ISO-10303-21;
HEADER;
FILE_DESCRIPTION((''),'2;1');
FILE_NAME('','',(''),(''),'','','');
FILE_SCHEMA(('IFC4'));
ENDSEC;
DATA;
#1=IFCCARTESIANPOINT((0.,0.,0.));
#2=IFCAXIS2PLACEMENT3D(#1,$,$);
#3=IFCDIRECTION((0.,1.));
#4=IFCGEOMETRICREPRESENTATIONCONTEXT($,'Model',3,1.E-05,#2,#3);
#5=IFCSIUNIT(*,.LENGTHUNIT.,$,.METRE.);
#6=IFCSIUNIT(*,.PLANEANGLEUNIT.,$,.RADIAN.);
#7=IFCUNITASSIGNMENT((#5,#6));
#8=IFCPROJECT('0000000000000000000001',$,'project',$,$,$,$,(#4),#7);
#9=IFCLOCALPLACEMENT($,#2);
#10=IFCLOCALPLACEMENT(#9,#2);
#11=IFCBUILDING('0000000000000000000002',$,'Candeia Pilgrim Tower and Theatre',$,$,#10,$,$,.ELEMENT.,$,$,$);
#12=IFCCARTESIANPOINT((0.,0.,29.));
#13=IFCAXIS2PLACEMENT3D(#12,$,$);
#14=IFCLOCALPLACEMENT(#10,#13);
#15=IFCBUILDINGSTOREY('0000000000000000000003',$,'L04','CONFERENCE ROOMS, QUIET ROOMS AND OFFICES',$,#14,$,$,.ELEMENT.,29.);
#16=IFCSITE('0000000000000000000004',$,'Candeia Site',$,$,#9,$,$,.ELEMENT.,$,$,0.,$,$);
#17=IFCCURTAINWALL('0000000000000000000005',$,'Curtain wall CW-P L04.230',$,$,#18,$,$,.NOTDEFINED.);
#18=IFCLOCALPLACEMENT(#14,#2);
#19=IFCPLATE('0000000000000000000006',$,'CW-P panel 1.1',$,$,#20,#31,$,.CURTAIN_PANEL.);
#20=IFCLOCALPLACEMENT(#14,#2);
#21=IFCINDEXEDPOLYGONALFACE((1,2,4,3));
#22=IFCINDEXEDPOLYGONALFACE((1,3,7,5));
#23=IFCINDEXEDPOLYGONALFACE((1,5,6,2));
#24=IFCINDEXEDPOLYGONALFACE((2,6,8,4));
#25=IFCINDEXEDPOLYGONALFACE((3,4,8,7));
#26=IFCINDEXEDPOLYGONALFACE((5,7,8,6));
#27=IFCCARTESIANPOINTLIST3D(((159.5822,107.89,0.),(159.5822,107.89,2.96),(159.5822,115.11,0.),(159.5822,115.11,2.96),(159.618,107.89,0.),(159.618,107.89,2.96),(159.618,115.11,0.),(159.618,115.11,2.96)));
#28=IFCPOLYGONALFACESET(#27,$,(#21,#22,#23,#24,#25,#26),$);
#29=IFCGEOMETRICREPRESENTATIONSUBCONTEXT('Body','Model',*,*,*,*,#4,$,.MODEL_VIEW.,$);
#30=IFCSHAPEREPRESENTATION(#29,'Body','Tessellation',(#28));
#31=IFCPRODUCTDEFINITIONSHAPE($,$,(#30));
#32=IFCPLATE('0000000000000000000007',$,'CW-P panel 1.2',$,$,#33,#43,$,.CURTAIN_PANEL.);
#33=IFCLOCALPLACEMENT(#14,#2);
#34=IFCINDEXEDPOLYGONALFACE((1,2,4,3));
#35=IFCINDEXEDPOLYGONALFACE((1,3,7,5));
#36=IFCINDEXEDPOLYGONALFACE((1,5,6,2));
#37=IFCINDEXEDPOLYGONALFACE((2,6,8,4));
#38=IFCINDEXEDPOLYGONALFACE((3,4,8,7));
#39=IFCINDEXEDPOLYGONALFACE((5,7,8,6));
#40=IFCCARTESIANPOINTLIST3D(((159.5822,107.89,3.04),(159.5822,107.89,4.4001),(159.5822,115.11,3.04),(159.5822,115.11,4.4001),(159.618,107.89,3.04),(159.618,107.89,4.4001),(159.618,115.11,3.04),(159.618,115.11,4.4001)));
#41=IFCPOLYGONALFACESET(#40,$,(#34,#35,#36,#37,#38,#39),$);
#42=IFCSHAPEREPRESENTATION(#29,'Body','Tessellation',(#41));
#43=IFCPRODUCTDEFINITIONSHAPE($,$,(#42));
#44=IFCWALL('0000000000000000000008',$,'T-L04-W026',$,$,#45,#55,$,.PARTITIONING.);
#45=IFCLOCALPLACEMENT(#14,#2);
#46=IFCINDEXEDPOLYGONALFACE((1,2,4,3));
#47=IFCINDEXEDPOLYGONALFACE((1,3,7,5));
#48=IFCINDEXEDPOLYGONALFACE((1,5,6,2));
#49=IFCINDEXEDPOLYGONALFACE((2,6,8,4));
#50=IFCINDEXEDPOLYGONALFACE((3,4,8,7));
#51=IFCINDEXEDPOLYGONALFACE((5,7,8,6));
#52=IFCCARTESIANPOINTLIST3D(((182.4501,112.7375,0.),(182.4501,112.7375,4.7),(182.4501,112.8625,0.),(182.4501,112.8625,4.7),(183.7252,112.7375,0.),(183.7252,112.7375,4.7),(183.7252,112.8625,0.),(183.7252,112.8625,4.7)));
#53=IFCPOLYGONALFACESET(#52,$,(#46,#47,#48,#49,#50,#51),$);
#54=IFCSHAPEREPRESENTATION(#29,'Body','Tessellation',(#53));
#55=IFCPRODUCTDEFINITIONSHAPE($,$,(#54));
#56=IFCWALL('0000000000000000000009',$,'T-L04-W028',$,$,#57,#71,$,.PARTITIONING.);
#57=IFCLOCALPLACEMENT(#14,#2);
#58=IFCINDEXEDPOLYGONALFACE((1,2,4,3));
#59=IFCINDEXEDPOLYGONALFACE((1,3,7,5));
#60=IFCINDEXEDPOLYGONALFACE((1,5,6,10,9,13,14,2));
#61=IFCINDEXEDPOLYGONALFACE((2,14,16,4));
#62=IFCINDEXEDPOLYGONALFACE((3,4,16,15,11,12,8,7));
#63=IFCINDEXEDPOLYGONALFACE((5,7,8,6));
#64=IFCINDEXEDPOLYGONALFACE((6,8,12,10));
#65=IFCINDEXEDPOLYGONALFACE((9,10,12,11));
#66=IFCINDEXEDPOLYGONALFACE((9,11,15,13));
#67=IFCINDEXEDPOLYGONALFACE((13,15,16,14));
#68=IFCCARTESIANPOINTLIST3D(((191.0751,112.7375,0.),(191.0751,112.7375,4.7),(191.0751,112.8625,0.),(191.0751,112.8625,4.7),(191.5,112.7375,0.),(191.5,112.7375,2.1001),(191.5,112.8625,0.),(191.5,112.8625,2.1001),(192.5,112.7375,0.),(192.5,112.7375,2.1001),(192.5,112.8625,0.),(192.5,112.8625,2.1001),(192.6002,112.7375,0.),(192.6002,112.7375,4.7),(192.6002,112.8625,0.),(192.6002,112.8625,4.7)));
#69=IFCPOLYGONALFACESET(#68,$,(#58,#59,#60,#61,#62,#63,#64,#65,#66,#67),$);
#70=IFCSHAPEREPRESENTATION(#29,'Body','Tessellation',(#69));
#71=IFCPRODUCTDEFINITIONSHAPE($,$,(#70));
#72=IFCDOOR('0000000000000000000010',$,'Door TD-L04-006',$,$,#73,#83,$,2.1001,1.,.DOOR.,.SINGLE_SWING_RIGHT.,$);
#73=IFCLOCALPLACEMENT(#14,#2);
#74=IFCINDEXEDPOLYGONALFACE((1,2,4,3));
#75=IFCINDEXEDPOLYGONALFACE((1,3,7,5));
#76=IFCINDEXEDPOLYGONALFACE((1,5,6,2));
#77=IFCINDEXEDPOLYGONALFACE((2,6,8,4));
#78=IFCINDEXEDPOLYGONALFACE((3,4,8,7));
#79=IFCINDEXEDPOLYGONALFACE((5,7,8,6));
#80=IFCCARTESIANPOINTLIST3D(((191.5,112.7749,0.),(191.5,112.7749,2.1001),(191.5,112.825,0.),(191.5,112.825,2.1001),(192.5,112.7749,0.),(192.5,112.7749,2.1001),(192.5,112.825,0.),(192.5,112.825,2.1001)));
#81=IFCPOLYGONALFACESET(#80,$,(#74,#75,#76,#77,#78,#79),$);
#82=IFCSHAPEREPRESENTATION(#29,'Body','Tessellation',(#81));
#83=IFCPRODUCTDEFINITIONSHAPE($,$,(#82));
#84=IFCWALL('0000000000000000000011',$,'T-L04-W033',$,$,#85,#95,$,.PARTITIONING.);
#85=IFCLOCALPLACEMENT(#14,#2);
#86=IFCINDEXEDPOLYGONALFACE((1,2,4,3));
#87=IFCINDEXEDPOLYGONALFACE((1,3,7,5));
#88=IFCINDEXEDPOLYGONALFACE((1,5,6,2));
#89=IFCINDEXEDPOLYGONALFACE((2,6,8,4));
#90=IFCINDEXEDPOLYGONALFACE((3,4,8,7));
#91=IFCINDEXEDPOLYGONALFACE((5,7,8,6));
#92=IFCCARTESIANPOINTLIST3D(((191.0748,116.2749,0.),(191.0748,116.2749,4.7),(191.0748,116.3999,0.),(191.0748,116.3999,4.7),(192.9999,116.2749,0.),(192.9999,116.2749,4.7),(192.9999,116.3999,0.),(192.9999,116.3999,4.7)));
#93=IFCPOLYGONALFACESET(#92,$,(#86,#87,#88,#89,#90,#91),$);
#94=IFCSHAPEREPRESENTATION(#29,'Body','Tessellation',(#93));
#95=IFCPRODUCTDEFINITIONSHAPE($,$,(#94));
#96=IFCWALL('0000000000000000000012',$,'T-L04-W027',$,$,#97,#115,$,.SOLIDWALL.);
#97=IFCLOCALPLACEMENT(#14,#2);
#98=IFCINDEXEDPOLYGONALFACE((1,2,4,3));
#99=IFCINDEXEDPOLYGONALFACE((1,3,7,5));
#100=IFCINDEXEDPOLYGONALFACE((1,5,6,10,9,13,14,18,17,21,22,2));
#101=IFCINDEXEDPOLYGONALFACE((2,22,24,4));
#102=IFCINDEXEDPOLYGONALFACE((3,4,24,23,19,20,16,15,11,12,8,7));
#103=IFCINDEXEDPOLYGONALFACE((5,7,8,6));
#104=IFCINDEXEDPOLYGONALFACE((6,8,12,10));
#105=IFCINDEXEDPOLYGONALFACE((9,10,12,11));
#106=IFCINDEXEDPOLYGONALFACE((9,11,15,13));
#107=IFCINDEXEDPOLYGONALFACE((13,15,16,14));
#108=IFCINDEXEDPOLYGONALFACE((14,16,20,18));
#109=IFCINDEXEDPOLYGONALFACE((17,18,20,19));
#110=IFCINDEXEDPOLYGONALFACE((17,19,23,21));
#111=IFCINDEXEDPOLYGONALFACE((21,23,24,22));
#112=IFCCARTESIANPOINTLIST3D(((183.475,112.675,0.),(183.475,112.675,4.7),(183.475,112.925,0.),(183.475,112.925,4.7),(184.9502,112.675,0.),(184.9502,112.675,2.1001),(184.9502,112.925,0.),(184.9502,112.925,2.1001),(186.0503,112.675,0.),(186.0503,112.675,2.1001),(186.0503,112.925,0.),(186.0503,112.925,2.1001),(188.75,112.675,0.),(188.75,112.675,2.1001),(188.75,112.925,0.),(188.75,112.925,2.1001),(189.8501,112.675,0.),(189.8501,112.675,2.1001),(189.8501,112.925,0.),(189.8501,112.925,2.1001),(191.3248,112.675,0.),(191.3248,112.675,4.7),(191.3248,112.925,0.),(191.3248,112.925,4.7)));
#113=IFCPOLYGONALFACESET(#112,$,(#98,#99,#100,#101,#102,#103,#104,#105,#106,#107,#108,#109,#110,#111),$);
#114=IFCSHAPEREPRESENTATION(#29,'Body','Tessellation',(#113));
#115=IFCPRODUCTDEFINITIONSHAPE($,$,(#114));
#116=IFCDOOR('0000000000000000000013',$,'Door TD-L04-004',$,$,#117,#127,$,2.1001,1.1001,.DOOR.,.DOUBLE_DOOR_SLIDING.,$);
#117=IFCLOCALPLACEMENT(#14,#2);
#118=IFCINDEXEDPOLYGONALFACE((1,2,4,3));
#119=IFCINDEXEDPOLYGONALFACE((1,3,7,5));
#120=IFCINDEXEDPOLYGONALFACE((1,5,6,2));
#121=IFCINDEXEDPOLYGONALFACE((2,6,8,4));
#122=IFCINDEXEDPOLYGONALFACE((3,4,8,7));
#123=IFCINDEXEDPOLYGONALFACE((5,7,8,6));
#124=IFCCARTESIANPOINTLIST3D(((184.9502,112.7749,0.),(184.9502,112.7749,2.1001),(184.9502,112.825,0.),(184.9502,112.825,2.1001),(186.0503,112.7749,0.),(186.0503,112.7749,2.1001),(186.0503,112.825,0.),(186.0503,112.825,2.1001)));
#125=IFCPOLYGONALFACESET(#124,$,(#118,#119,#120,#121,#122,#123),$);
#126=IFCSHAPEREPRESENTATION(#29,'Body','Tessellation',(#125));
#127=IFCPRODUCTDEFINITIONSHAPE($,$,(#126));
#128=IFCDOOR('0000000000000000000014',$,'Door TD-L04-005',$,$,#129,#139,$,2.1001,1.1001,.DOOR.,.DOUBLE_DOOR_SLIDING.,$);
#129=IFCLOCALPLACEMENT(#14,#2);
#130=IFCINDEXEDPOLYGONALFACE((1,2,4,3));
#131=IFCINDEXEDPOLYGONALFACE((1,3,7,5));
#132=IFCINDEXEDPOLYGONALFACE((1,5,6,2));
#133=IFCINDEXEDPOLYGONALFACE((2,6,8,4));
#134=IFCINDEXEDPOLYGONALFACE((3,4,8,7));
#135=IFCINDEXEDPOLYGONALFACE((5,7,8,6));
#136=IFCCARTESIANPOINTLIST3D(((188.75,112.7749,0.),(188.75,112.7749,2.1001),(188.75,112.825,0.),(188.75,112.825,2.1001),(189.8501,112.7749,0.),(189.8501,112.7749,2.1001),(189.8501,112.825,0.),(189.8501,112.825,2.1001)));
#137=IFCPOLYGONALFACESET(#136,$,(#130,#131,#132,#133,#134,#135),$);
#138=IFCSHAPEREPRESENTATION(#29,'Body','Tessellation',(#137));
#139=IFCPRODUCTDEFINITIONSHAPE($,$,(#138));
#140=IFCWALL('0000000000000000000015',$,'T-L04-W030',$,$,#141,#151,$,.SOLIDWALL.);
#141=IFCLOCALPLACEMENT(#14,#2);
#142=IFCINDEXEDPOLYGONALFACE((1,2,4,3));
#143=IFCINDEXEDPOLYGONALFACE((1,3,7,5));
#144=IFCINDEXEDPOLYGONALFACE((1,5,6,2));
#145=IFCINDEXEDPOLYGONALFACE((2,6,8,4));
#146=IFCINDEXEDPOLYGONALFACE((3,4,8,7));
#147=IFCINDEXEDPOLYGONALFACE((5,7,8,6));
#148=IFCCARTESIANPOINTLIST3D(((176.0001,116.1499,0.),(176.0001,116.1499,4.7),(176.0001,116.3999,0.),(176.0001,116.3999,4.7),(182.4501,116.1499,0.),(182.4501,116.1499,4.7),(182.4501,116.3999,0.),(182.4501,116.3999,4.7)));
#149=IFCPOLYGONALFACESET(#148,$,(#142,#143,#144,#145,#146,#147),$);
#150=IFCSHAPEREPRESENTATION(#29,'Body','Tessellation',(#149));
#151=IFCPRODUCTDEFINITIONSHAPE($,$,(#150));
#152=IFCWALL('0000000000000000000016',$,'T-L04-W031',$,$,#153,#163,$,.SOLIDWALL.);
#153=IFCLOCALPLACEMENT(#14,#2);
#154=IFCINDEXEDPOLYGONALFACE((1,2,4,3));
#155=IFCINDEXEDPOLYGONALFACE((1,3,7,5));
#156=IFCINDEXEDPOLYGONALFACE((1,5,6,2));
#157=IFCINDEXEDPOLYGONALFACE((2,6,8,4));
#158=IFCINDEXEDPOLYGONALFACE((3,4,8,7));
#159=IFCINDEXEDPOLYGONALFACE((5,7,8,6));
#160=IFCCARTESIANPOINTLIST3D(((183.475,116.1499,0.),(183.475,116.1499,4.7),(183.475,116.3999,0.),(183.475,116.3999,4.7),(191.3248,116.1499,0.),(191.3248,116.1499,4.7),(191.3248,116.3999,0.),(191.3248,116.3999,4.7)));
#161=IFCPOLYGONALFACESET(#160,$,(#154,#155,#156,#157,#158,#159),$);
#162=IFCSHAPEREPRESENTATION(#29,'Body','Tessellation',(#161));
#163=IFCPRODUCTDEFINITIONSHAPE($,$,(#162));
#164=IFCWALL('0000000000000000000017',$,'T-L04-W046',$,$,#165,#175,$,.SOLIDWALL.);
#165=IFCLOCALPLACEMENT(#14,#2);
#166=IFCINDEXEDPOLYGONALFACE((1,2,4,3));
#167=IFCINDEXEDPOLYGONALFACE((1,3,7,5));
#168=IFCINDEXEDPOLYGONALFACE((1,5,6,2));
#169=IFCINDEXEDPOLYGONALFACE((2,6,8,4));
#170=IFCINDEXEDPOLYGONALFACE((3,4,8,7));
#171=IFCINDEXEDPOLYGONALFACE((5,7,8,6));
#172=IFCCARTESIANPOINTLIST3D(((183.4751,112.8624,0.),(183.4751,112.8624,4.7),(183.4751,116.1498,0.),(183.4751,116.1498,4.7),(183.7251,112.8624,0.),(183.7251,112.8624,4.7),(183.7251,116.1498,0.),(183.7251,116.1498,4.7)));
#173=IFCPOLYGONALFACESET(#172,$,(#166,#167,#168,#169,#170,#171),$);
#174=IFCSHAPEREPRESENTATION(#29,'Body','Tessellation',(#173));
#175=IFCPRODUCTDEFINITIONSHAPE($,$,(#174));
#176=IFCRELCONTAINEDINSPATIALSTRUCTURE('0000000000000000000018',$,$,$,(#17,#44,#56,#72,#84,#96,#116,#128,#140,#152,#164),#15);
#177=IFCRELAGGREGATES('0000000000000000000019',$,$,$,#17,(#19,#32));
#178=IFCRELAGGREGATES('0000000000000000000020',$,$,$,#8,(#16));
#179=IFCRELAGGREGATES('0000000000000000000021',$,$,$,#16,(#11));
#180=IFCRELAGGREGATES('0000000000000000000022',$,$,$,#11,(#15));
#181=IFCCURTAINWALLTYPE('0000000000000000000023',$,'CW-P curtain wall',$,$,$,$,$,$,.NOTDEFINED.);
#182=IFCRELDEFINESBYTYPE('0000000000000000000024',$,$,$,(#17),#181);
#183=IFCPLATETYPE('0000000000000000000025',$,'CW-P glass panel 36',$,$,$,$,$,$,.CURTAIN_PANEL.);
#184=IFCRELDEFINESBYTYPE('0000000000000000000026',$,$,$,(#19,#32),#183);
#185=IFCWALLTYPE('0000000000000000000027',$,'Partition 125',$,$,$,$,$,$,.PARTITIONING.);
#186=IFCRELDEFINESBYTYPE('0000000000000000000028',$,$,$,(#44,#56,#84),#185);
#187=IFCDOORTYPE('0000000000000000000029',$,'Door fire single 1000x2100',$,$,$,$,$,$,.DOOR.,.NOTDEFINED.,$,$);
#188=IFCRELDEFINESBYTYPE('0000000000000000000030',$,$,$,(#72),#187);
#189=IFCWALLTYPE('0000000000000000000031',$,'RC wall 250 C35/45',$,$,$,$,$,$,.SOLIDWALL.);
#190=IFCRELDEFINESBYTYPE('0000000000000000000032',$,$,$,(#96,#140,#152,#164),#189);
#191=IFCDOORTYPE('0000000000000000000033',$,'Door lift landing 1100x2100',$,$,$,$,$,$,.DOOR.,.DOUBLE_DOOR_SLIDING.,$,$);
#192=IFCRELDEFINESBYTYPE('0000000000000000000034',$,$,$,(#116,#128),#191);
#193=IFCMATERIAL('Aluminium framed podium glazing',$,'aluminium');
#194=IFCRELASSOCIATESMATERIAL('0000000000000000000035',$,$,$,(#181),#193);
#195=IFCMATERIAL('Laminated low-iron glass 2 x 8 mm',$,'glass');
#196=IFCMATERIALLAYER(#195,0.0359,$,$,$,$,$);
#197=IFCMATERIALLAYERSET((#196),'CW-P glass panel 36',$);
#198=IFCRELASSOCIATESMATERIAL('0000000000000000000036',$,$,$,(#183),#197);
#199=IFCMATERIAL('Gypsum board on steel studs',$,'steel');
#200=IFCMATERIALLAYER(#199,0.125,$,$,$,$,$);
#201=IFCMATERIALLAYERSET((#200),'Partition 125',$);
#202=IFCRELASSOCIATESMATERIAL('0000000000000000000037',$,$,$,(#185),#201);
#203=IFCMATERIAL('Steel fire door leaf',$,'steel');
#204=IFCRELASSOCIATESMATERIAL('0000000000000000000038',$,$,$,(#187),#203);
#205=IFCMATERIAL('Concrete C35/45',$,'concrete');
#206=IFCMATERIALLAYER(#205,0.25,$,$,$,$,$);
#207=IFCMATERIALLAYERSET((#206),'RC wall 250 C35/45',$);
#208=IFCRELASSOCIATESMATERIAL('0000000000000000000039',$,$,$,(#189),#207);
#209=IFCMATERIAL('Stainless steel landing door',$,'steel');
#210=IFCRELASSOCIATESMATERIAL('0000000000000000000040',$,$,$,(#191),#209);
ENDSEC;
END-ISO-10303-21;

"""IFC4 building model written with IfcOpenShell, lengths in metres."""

from ifc_helpers import new_model, si_unit, direction, frame, frame_2d, origin, origin_2d, place, context, subcontext, project, spatial, rectangle, extrude, material, layer, layer_set, type_object, element, fill, aggregate, save


model = new_model("IFC4")

# Units and contexts
model_context = context("Model", 3, precision=1e-05, world=origin(), true_north=direction((0.0, 1.0)))
body_context = subcontext(model_context, "Body", "Model", "MODEL_VIEW")
ifc_project = project(units=[si_unit("LENGTHUNIT", "METRE"), si_unit("PLANEANGLEUNIT", "RADIAN")], contexts=[model_context])

# Site, building, storey
site_placement = place(None, origin())
site = spatial("IfcSite", under=ifc_project, at=site_placement, Name="Candeia Site", CompositionType="ELEMENT", RefElevation=0.0)
building_placement = place(site_placement, origin())
building = spatial("IfcBuilding", under=site, at=building_placement, Name="Candeia Pilgrim Tower and Theatre", CompositionType="ELEMENT")
storey_placement = place(building_placement, frame((0.0, 0.0, 29.0)))
storey = spatial("IfcBuildingStorey", under=building, at=storey_placement, Name="L04", Description="CONFERENCE ROOMS, QUIET ROOMS AND OFFICES", CompositionType="ELEMENT", Elevation=29.0)

# Curtain wall, plates
ifc_material_1 = material(Name="Aluminium framed podium glazing", Category="aluminium")
curtain_wall_type = type_object("IfcCurtainWallType", Name="CW-P curtain wall", PredefinedType="NOTDEFINED", material=ifc_material_1)
curtain_wall_placement = place(storey_placement, origin())
curtain_wall = element("IfcCurtainWall", 1, at=curtain_wall_placement, inside=storey, type_object=curtain_wall_type, Name="Curtain wall CW-P L04.230", PredefinedType="NOTDEFINED")
ifc_material_2 = material(Name="Laminated low-iron glass 2 x 8 mm", Category="glass")
ifc_layer_1 = layer(ifc_material_2, 0.0359)
ifc_layer_set_1 = layer_set([ifc_layer_1], Name="CW-P glass panel 36")
plate_type = type_object("IfcPlateType", Name="CW-P glass panel 36", PredefinedType="CURTAIN_PANEL", material=ifc_layer_set_1)
plate_1_placement = place(storey_placement, frame((159.6001, 111.5, 0.0), z_axis=(0.0, 0.0, 1.0), x_axis=(0.0, -1.0, 0.0)))
plate_1 = element("IfcPlate", 2, at=plate_1_placement, type_object=plate_type, Name="CW-P panel 1.1", PredefinedType="CURTAIN_PANEL", context=body_context, shape_type="SweptSolid", body=[
    extrude(rectangle(XDim=7.22, YDim=0.0359, at=origin_2d()), origin(), (0.0, 0.0, 1.0), 2.96),
])
plate_2_placement = place(storey_placement, frame((159.6001, 111.5, 3.04), z_axis=(0.0, 0.0, 1.0), x_axis=(0.0, -1.0, 0.0)))
plate_2 = element("IfcPlate", 3, at=plate_2_placement, type_object=plate_type, Name="CW-P panel 1.2", PredefinedType="CURTAIN_PANEL", context=body_context, shape_type="SweptSolid", body=[
    extrude(rectangle(XDim=7.22, YDim=0.0359, at=origin_2d()), origin(), (0.0, 0.0, 1.0), 1.3601),
])
aggregate(curtain_wall, [plate_1, plate_2])

# Wall
ifc_material_3 = material(Name="Gypsum board on steel studs", Category="steel")
ifc_layer_2 = layer(ifc_material_3, 0.125)
ifc_layer_set_2 = layer_set([ifc_layer_2], Name="Partition 125")
wall_type_1 = type_object("IfcWallType", Name="Partition 125", PredefinedType="PARTITIONING", material=ifc_layer_set_2)
wall_1_placement = place(storey_placement, frame((182.45, 112.8, 0.0), z_axis=(0.0, 0.0, 1.0), x_axis=(1.0, 0.0, 0.0)))
element("IfcWall", 4, at=wall_1_placement, inside=storey, type_object=wall_type_1, Name="T-L04-W026", PredefinedType="PARTITIONING", context=body_context, shape_type="SweptSolid", body=[
    extrude(rectangle(XDim=1.2751, YDim=0.125, at=frame_2d((0.6377, 0.0))), origin(), (0.0, 0.0, 1.0), 4.7),
])

# Wall, opening, door
wall_2_placement = place(storey_placement, frame((191.075, 112.8, 0.0), z_axis=(0.0, 0.0, 1.0), x_axis=(1.0, 0.0, 0.0)))
wall_2 = element("IfcWall", 5, at=wall_2_placement, inside=storey, type_object=wall_type_1, Name="T-L04-W028", PredefinedType="PARTITIONING", context=body_context, shape_type="SweptSolid", body=[
    extrude(rectangle(XDim=1.5251, YDim=0.125, at=frame_2d((0.7627, 0.0))), origin(), (0.0, 0.0, 1.0), 4.7),
])
opening_1_placement = place(wall_2_placement, frame((0.425, 0.0, 0.0)))
opening_1 = element("IfcOpeningElement", 6, at=opening_1_placement, cuts=wall_2, PredefinedType="OPENING", context=body_context, shape_type="SweptSolid", body=[
    extrude(rectangle(XDim=1.0, YDim=2.1001, at=frame_2d((0.5, 1.05))), frame((0.0, 0.0725, 0.0), z_axis=(0.0, -1.0, 0.0), x_axis=(1.0, 0.0, 0.0)), (0.0, 0.0, 1.0), 0.145),
])
ifc_material_4 = material(Name="Steel fire door leaf", Category="steel")
door_type_1 = type_object("IfcDoorType", Name="Door fire single 1000x2100", OperationType="NOTDEFINED", PredefinedType="DOOR", material=ifc_material_4)
door_1_placement = place(opening_1_placement, origin())
door_1 = element("IfcDoor", 7, at=door_1_placement, inside=storey, type_object=door_type_1, Name="Door TD-L04-006", OperationType="SINGLE_SWING_RIGHT", OverallHeight=2.1001, OverallWidth=1.0, PredefinedType="DOOR", context=body_context, shape_type="SweptSolid", body=[
    extrude(rectangle(XDim=1.0, YDim=2.1001, at=frame_2d((0.5, 1.05))), frame((0.0, 0.0249, 0.0), z_axis=(0.0, -1.0, 0.0), x_axis=(1.0, 0.0, 0.0)), (0.0, 0.0, 1.0), 0.05),
])
fill(opening_1, door_1)

# Wall
wall_3_placement = place(storey_placement, frame((191.075, 116.3374, 0.0), z_axis=(0.0, 0.0, 1.0), x_axis=(1.0, 0.0, 0.0)))
element("IfcWall", 8, at=wall_3_placement, inside=storey, type_object=wall_type_1, Name="T-L04-W033", PredefinedType="PARTITIONING", context=body_context, shape_type="SweptSolid", body=[
    extrude(rectangle(XDim=1.925, YDim=0.125, at=frame_2d((0.9624, 0.0))), origin(), (0.0, 0.0, 1.0), 4.7),
])

# Wall, openings, doors
ifc_material_5 = material(Name="Concrete C35/45", Category="concrete")
ifc_layer_3 = layer(ifc_material_5, 0.25)
ifc_layer_set_3 = layer_set([ifc_layer_3], Name="RC wall 250 C35/45")
wall_type_2 = type_object("IfcWallType", Name="RC wall 250 C35/45", PredefinedType="SOLIDWALL", material=ifc_layer_set_3)
wall_4_placement = place(storey_placement, frame((183.4751, 112.8, 0.0), z_axis=(0.0, 0.0, 1.0), x_axis=(1.0, 0.0, 0.0)))
wall_4 = element("IfcWall", 9, at=wall_4_placement, inside=storey, type_object=wall_type_2, Name="T-L04-W027", PredefinedType="SOLIDWALL", context=body_context, shape_type="SweptSolid", body=[
    extrude(rectangle(XDim=7.8499, YDim=0.25, at=frame_2d((3.9248, 0.0))), origin(), (0.0, 0.0, 1.0), 4.7),
])
opening_2_placement = place(wall_4_placement, frame((1.4751, 0.0, 0.0)))
opening_2 = element("IfcOpeningElement", 10, at=opening_2_placement, cuts=wall_4, PredefinedType="OPENING", context=body_context, shape_type="SweptSolid", body=[
    extrude(rectangle(XDim=1.1001, YDim=2.1001, at=frame_2d((0.55, 1.05))), frame((0.0, 0.135, 0.0), z_axis=(0.0, -1.0, 0.0), x_axis=(1.0, 0.0, 0.0)), (0.0, 0.0, 1.0), 0.27),
])
opening_3_placement = place(wall_4_placement, frame((5.2749, 0.0, 0.0)))
opening_3 = element("IfcOpeningElement", 11, at=opening_3_placement, cuts=wall_4, PredefinedType="OPENING", context=body_context, shape_type="SweptSolid", body=[
    extrude(rectangle(XDim=1.1001, YDim=2.1001, at=frame_2d((0.55, 1.05))), frame((0.0, 0.135, 0.0), z_axis=(0.0, -1.0, 0.0), x_axis=(1.0, 0.0, 0.0)), (0.0, 0.0, 1.0), 0.27),
])
ifc_material_6 = material(Name="Stainless steel landing door", Category="steel")
door_type_2 = type_object("IfcDoorType", Name="Door lift landing 1100x2100", OperationType="DOUBLE_DOOR_SLIDING", PredefinedType="DOOR", material=ifc_material_6)
door_2_placement = place(opening_2_placement, origin())
door_2 = element("IfcDoor", 12, at=door_2_placement, inside=storey, type_object=door_type_2, Name="Door TD-L04-004", OperationType="DOUBLE_DOOR_SLIDING", OverallHeight=2.1001, OverallWidth=1.1001, PredefinedType="DOOR", context=body_context, shape_type="SweptSolid", body=[
    extrude(rectangle(XDim=1.1001, YDim=2.1001, at=frame_2d((0.55, 1.05))), frame((0.0, 0.0249, 0.0), z_axis=(0.0, -1.0, 0.0), x_axis=(1.0, 0.0, 0.0)), (0.0, 0.0, 1.0), 0.05),
])
fill(opening_2, door_2)
door_3_placement = place(opening_3_placement, origin())
door_3 = element("IfcDoor", 13, at=door_3_placement, inside=storey, type_object=door_type_2, Name="Door TD-L04-005", OperationType="DOUBLE_DOOR_SLIDING", OverallHeight=2.1001, OverallWidth=1.1001, PredefinedType="DOOR", context=body_context, shape_type="SweptSolid", body=[
    extrude(rectangle(XDim=1.1001, YDim=2.1001, at=frame_2d((0.55, 1.05))), frame((0.0, 0.0249, 0.0), z_axis=(0.0, -1.0, 0.0), x_axis=(1.0, 0.0, 0.0)), (0.0, 0.0, 1.0), 0.05),
])
fill(opening_3, door_3)

# Walls
wall_5_placement = place(storey_placement, frame((176.0, 116.2749, 0.0), z_axis=(0.0, 0.0, 1.0), x_axis=(1.0, 0.0, 0.0)))
element("IfcWall", 14, at=wall_5_placement, inside=storey, type_object=wall_type_2, Name="T-L04-W030", PredefinedType="SOLIDWALL", context=body_context, shape_type="SweptSolid", body=[
    extrude(rectangle(XDim=6.45, YDim=0.25, at=frame_2d((3.2251, 0.0))), origin(), (0.0, 0.0, 1.0), 4.7),
])
wall_6_placement = place(storey_placement, frame((183.4751, 116.2749, 0.0), z_axis=(0.0, 0.0, 1.0), x_axis=(1.0, 0.0, 0.0)))
element("IfcWall", 15, at=wall_6_placement, inside=storey, type_object=wall_type_2, Name="T-L04-W031", PredefinedType="SOLIDWALL", context=body_context, shape_type="SweptSolid", body=[
    extrude(rectangle(XDim=7.8499, YDim=0.25, at=frame_2d((3.9248, 0.0))), origin(), (0.0, 0.0, 1.0), 4.7),
])
wall_7_placement = place(storey_placement, frame((183.6001, 112.8625, 0.0), z_axis=(0.0, 0.0, 1.0), x_axis=(0.0, 1.0, 0.0)))
element("IfcWall", 16, at=wall_7_placement, inside=storey, type_object=wall_type_2, Name="T-L04-W046", PredefinedType="SOLIDWALL", context=body_context, shape_type="SweptSolid", body=[
    extrude(rectangle(XDim=3.2874, YDim=0.25, at=frame_2d((1.6436, 0.0))), origin(), (0.0, 0.0, 1.0), 4.7),
])

save(model, "model.ifc")
